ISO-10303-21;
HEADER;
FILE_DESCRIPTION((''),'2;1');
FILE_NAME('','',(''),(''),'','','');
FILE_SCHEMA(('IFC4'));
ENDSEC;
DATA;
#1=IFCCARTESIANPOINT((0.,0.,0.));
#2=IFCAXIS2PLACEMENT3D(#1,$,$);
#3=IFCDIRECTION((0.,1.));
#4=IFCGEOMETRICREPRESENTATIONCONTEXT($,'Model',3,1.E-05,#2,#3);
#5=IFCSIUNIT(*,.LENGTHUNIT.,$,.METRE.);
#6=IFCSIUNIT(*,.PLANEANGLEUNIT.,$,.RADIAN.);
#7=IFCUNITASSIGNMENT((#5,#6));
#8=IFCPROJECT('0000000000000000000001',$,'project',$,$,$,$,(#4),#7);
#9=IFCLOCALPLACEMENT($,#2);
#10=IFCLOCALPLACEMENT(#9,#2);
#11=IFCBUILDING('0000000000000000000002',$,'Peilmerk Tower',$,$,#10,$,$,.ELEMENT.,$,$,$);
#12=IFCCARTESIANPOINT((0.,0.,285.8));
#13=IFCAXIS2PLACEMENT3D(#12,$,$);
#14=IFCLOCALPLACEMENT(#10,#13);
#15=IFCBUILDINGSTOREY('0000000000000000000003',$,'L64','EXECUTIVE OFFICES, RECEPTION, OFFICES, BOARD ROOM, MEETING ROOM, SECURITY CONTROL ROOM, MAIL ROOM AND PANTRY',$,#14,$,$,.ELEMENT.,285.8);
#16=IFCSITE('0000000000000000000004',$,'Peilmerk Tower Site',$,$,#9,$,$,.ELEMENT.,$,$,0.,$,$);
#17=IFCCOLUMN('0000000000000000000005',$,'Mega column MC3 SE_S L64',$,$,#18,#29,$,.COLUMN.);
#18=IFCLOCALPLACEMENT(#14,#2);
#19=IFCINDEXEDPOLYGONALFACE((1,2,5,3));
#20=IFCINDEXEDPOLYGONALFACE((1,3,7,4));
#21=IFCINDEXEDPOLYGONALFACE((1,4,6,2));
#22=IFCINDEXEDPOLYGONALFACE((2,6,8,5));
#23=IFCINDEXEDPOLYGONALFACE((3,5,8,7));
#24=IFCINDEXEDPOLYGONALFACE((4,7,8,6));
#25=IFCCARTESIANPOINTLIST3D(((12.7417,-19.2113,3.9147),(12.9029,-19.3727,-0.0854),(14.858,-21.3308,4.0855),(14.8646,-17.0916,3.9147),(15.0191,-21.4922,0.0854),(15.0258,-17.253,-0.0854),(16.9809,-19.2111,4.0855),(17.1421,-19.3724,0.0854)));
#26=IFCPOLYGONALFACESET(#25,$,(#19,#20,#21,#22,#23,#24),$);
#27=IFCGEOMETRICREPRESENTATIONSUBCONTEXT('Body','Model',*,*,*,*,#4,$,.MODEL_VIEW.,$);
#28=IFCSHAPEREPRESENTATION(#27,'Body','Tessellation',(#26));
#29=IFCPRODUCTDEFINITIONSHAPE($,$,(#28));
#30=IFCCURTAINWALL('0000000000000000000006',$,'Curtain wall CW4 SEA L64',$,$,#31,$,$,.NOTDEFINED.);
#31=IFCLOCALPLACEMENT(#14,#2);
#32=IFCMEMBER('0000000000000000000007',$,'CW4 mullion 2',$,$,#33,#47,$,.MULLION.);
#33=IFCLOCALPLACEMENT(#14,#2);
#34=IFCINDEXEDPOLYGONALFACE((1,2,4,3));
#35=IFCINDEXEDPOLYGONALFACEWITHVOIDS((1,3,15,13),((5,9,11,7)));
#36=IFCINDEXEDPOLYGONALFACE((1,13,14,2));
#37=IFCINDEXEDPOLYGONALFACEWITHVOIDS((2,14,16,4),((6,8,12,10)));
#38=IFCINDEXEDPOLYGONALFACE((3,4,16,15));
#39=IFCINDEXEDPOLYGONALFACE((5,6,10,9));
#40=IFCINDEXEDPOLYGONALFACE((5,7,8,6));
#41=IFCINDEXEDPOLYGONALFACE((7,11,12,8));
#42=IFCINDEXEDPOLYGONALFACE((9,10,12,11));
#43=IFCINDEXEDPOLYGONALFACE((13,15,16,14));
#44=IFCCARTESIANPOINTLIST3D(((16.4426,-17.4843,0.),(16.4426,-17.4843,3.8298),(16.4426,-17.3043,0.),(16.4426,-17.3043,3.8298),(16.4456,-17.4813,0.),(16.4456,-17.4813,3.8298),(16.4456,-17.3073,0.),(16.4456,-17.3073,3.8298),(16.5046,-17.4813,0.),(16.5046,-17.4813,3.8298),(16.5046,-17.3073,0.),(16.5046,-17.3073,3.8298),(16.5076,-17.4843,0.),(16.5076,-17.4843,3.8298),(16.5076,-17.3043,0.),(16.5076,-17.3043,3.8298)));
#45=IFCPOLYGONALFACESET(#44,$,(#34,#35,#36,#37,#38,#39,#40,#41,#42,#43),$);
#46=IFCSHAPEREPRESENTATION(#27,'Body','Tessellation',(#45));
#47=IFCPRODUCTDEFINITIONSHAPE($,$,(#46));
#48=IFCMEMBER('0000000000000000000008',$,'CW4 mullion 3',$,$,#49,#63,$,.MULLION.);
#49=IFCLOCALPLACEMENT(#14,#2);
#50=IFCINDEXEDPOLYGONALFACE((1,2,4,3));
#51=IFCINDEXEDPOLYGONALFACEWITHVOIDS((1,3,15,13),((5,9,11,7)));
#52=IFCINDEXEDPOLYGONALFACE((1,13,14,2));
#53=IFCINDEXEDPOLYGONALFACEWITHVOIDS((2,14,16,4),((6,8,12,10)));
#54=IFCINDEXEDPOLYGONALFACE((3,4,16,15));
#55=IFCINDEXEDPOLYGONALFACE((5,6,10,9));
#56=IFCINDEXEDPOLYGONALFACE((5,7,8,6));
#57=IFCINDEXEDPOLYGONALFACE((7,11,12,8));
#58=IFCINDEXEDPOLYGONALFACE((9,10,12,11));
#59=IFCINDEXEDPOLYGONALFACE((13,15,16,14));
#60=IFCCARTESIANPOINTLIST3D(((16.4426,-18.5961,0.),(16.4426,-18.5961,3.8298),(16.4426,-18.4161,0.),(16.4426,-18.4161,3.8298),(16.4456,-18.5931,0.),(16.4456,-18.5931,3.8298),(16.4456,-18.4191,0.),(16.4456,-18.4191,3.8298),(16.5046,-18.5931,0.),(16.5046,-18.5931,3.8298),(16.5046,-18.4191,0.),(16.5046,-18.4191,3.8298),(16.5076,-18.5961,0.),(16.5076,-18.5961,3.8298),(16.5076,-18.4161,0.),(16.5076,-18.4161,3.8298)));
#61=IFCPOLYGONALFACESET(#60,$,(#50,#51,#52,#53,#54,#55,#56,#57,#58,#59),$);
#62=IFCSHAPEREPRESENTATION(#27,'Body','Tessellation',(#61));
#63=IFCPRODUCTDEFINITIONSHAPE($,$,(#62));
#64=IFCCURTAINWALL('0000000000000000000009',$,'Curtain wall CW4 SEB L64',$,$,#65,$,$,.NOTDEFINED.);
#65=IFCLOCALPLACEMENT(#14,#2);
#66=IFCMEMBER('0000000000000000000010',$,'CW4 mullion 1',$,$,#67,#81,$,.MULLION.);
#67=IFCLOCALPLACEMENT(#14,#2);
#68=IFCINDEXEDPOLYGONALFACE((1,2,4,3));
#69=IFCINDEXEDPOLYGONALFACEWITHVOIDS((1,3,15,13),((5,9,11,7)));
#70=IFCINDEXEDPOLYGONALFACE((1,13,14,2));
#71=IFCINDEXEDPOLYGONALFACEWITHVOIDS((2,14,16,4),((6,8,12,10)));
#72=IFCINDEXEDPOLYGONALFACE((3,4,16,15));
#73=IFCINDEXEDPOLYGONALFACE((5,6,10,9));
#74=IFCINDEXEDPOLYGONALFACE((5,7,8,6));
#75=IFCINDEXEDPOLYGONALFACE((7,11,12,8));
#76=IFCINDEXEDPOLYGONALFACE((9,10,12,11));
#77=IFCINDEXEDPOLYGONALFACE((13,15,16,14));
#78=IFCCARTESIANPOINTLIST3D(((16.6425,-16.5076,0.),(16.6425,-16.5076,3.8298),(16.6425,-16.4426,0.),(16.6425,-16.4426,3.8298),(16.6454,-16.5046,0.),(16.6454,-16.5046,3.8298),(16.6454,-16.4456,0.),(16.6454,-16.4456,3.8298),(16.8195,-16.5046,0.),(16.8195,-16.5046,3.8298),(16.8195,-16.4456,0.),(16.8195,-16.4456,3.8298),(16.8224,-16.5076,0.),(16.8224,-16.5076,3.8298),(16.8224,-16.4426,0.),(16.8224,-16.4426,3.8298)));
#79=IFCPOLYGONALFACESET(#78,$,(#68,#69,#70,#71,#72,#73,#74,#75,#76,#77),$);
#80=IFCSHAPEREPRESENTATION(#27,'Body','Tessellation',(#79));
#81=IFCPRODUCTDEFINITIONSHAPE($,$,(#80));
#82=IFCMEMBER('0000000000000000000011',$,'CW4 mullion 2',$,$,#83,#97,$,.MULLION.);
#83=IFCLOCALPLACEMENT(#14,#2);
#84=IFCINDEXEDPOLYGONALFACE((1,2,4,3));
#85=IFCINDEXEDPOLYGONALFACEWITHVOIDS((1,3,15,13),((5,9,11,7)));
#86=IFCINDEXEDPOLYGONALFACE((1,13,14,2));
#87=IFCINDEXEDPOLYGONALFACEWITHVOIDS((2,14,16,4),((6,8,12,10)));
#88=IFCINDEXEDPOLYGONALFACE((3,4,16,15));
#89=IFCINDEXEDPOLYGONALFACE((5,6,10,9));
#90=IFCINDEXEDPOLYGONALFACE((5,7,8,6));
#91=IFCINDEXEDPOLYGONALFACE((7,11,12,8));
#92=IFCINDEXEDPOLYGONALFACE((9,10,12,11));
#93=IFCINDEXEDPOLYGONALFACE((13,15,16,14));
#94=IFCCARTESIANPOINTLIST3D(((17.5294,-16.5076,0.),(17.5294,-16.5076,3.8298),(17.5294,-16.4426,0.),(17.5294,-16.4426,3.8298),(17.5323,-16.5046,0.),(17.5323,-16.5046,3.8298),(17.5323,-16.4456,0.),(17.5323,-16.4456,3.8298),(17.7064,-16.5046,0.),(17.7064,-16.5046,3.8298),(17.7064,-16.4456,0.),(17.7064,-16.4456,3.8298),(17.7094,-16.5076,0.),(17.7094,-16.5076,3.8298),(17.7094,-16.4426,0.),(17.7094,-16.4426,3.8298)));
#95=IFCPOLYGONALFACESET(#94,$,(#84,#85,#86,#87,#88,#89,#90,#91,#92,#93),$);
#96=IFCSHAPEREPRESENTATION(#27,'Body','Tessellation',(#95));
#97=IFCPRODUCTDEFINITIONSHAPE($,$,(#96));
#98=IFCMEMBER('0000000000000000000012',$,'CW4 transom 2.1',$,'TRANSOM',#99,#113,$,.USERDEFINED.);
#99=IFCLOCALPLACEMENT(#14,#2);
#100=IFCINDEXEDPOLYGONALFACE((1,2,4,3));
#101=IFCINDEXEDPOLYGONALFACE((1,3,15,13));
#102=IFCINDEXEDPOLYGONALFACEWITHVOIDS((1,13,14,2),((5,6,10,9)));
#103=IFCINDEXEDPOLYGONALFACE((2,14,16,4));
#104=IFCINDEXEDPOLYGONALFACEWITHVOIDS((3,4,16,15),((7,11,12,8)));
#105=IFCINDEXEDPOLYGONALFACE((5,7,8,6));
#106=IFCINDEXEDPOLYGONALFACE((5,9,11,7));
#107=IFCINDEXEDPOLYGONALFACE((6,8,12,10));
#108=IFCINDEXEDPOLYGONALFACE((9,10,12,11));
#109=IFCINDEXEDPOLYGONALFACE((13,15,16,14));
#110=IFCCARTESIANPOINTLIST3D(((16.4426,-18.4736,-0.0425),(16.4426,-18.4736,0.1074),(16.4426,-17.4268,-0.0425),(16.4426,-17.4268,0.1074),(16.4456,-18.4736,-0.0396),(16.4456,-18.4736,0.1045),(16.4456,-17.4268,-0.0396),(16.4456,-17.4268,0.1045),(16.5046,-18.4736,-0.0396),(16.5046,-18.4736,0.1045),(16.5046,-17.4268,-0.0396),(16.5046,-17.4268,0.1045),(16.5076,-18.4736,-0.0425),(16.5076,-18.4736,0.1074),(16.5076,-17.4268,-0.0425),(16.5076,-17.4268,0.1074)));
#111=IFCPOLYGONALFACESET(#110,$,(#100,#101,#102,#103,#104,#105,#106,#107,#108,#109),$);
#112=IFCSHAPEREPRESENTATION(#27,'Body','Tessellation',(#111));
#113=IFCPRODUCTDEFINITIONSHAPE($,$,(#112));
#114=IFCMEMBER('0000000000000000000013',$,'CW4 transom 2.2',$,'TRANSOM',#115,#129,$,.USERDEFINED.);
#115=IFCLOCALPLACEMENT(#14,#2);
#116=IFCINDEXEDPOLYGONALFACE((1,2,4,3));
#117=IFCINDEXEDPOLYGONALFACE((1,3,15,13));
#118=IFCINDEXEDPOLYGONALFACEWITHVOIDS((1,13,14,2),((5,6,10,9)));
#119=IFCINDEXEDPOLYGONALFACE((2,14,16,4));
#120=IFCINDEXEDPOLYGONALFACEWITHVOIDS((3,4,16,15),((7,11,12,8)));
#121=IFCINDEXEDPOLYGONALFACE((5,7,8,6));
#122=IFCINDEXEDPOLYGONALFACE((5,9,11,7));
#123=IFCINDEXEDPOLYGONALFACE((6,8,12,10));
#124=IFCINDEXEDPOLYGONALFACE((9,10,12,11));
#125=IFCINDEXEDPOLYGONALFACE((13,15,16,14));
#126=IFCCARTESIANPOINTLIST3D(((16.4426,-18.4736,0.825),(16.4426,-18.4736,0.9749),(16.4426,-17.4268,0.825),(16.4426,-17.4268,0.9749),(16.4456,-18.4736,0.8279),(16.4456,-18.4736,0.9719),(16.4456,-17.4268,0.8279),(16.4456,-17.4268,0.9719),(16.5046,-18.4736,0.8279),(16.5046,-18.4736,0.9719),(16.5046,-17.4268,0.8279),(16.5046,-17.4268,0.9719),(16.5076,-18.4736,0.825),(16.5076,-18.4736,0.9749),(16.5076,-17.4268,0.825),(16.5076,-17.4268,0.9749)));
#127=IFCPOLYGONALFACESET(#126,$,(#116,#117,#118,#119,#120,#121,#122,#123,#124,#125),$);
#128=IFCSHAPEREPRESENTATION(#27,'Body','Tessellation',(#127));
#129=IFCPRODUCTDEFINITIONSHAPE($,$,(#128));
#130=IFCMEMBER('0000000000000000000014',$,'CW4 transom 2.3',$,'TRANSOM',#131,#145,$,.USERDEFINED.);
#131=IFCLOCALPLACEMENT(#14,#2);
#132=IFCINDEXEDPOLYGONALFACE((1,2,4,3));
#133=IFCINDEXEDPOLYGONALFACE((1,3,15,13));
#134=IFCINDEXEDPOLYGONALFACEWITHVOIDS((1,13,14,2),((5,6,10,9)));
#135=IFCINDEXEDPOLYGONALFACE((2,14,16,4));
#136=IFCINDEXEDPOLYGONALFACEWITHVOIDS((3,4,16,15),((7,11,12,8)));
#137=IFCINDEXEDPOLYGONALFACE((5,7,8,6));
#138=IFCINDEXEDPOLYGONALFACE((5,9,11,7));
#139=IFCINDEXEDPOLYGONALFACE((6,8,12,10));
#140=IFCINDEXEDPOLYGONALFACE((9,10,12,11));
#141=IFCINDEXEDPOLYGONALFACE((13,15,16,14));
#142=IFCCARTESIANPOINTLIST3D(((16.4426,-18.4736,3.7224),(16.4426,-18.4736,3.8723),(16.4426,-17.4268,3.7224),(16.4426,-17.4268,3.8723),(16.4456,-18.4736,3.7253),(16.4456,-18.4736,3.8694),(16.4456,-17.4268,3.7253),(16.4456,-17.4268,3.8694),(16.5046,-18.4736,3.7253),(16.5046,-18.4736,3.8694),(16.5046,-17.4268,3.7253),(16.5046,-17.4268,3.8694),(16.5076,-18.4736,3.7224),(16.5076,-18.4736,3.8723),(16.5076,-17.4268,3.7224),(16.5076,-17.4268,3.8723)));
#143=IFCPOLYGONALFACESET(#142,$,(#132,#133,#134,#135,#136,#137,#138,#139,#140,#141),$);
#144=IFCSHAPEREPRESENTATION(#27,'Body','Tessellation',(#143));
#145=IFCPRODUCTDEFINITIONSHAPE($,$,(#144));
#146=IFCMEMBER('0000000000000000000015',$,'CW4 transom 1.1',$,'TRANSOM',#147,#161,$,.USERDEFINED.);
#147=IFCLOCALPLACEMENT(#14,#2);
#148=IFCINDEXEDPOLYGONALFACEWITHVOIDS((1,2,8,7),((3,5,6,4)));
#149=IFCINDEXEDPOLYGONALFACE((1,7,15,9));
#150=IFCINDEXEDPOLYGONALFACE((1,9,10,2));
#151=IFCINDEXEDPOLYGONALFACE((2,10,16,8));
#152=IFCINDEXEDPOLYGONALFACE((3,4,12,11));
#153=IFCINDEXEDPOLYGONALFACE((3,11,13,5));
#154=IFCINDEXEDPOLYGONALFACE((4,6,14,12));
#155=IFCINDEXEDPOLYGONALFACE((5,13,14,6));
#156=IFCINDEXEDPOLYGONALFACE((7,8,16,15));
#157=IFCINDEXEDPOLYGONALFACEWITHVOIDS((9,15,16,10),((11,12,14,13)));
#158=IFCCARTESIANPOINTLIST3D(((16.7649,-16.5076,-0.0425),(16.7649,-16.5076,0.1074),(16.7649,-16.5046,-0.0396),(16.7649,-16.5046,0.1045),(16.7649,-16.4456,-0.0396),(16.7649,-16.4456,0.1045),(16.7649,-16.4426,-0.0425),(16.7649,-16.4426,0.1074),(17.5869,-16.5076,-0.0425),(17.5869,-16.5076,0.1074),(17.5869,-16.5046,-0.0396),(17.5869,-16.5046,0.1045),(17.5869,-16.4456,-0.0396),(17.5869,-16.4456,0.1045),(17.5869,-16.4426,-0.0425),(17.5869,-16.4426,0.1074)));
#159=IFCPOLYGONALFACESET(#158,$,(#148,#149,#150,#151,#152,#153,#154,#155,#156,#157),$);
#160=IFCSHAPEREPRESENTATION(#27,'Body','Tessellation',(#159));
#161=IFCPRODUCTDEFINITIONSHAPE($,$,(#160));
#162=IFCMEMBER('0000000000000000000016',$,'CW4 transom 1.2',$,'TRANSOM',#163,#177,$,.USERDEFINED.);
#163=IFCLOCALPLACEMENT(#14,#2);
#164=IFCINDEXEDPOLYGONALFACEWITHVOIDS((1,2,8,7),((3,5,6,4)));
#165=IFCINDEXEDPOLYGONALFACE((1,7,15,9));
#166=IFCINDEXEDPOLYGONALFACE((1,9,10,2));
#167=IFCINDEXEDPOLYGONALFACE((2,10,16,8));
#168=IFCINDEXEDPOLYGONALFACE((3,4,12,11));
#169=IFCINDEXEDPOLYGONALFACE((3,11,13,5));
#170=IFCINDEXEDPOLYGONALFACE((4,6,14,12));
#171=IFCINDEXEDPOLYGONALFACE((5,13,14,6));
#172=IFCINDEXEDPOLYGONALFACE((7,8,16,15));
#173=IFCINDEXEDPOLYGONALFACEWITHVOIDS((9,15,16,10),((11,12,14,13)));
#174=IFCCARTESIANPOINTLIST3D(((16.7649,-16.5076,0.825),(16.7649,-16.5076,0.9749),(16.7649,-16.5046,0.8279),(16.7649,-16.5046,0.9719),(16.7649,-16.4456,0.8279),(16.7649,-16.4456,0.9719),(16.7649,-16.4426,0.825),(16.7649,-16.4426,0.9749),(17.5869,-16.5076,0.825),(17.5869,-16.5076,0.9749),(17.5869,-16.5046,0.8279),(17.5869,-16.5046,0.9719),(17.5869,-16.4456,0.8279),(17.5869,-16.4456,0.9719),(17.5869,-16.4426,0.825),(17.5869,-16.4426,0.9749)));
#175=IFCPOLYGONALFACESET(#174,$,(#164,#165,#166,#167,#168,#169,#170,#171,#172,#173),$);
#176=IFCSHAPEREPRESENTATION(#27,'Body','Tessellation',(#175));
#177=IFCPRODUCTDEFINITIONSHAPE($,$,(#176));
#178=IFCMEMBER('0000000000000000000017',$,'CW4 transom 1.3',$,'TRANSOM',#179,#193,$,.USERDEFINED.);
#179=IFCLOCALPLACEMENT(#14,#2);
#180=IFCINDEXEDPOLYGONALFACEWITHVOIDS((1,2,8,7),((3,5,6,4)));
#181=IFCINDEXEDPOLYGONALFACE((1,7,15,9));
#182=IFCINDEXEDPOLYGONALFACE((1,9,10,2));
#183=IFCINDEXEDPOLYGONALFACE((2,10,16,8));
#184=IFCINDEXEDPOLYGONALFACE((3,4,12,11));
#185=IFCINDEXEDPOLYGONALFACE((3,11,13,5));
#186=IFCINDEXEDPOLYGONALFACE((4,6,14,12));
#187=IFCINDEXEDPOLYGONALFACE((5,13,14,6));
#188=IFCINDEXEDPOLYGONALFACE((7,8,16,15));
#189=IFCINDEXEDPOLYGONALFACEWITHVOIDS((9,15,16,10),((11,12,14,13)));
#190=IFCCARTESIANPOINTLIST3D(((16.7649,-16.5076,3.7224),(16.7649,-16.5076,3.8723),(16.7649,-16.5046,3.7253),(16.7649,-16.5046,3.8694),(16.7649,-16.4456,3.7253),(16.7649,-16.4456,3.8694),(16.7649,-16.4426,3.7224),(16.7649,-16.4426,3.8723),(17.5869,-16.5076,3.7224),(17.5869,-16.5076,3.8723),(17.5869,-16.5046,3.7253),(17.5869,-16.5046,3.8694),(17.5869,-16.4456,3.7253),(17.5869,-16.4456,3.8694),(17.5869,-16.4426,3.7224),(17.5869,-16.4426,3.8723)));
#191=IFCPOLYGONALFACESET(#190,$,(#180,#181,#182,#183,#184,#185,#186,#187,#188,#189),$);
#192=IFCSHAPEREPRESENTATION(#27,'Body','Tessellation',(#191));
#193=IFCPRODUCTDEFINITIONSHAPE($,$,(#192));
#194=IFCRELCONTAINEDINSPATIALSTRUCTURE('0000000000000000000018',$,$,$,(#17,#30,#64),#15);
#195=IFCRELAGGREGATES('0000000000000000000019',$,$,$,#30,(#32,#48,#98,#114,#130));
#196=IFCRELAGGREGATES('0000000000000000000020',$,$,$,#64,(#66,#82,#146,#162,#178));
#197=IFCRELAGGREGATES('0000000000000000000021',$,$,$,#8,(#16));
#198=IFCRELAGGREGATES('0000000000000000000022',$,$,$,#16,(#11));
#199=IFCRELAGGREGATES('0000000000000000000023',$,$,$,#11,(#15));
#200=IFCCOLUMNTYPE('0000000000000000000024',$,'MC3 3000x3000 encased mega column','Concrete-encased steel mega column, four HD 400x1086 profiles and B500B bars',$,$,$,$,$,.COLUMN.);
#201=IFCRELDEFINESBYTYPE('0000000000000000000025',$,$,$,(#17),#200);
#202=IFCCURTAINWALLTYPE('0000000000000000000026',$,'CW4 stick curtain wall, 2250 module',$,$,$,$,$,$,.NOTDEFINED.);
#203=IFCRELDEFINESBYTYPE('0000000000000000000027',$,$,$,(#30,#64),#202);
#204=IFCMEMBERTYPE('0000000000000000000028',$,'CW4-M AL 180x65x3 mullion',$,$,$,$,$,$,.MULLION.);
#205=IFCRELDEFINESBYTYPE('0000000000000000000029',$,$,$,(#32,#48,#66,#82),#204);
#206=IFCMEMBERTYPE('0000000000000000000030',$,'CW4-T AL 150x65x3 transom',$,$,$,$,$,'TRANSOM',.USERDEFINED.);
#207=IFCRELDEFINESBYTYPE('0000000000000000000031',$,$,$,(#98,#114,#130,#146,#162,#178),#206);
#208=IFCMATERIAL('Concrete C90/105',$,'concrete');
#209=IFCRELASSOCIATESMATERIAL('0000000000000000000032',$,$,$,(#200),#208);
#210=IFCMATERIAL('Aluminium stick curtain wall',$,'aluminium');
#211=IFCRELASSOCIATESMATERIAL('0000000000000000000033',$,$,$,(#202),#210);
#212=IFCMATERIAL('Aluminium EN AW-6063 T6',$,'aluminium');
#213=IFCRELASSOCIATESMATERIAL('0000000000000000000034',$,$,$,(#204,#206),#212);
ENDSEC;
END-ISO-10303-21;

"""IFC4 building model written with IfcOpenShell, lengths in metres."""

from ifc_helpers import new_model, si_unit, direction, frame, origin, origin_2d, place, context, subcontext, project, spatial, rectangle, hollow_rectangle, extrude, material, material_profile, profile_set, type_object, element, aggregate, save


model = new_model("IFC4")

# Units and contexts
model_context = context("Model", 3, precision=1e-05, world=origin(), true_north=direction((0.0, 1.0)))
body_context = subcontext(model_context, "Body", "Model", "MODEL_VIEW")
ifc_project = project(units=[si_unit("LENGTHUNIT", "METRE"), si_unit("PLANEANGLEUNIT", "RADIAN")], contexts=[model_context])

# Site, building, storey
site_placement = place(None, origin())
site = spatial("IfcSite", under=ifc_project, at=site_placement, Name="Peilmerk Tower Site", CompositionType="ELEMENT", RefElevation=0.0)
building_placement = place(site_placement, origin())
building = spatial("IfcBuilding", under=site, at=building_placement, Name="Peilmerk Tower", CompositionType="ELEMENT")
storey_placement = place(building_placement, frame((0.0, 0.0, 285.8)))
storey = spatial("IfcBuildingStorey", under=building, at=storey_placement, Name="L64", Description="EXECUTIVE OFFICES, RECEPTION, OFFICES, BOARD ROOM, MEETING ROOM, SECURITY CONTROL ROOM, MAIL ROOM AND PANTRY", CompositionType="ELEMENT", Elevation=285.8)

# Column
ifc_material_1 = material(Name="Concrete C90/105", Category="concrete")
ifc_material_profile_1 = material_profile(ifc_material_1, rectangle(XDim=3.0, YDim=3.0, at=origin_2d()), Name="RC 3000x3000")
ifc_profile_set_1 = profile_set([ifc_material_profile_1], Name="Concrete C90/105")
column_type = type_object("IfcColumnType", Name="MC3 3000x3000 encased mega column", Description="Concrete-encased steel mega column, four HD 400x1086 profiles and B500B bars", PredefinedType="COLUMN", material=ifc_profile_set_1)
column_placement = place(storey_placement, frame((15.0225, -19.3726, 0.0), z_axis=(-0.040218, 0.040279, 0.998379), x_axis=(-0.707642, -0.706571, 0.0)))
element("IfcColumn", 1, at=column_placement, inside=storey, type_object=column_type, Name="Mega column MC3 SE_S L64", PredefinedType="COLUMN", context=body_context, shape_type="SweptSolid", body=[
    extrude(rectangle(XDim=3.0, YDim=3.0, at=origin_2d()), origin(), (0.0, 0.0, 1.0), 4.0066),
])

# Curtain walls, members
ifc_material_2 = material(Name="Aluminium stick curtain wall", Category="aluminium")
curtain_wall_type = type_object("IfcCurtainWallType", Name="CW4 stick curtain wall, 2250 module", PredefinedType="NOTDEFINED", material=ifc_material_2)
curtain_wall_1_placement = place(storey_placement, origin())
curtain_wall_1 = element("IfcCurtainWall", 2, at=curtain_wall_1_placement, inside=storey, type_object=curtain_wall_type, Name="Curtain wall CW4 SEA L64", PredefinedType="NOTDEFINED")
ifc_material_3 = material(Name="Aluminium EN AW-6063 T6", Category="aluminium")
ifc_material_profile_2 = material_profile(ifc_material_3, hollow_rectangle(XDim=0.0649, YDim=0.1799, WallThickness=0.0029, at=origin_2d()), Name="AL 180x65x3")
ifc_profile_set_2 = profile_set([ifc_material_profile_2], Name="Aluminium EN AW-6063 T6")
member_type_1 = type_object("IfcMemberType", Name="CW4-M AL 180x65x3 mullion", PredefinedType="MULLION", material=ifc_profile_set_2)
member_1_placement = place(storey_placement, frame((16.4751, -17.3943, 0.0), z_axis=(0.0, 0.0, 1.0), x_axis=(1.0, 0.0, 0.0)))
member_1 = element("IfcMember", 3, at=member_1_placement, type_object=member_type_1, Name="CW4 mullion 2", PredefinedType="MULLION", context=body_context, shape_type="SweptSolid", body=[
    extrude(hollow_rectangle(XDim=0.0649, YDim=0.1799, WallThickness=0.0029, at=origin_2d()), origin(), (0.0, 0.0, 1.0), 3.8298),
])
member_2_placement = place(storey_placement, frame((16.4751, -18.5061, 0.0), z_axis=(0.0, 0.0, 1.0), x_axis=(1.0, 0.0, 0.0)))
member_2 = element("IfcMember", 4, at=member_2_placement, type_object=member_type_1, Name="CW4 mullion 3", PredefinedType="MULLION", context=body_context, shape_type="SweptSolid", body=[
    extrude(hollow_rectangle(XDim=0.0649, YDim=0.1799, WallThickness=0.0029, at=origin_2d()), origin(), (0.0, 0.0, 1.0), 3.8298),
])
curtain_wall_2_placement = place(storey_placement, origin())
curtain_wall_2 = element("IfcCurtainWall", 5, at=curtain_wall_2_placement, inside=storey, type_object=curtain_wall_type, Name="Curtain wall CW4 SEB L64", PredefinedType="NOTDEFINED")
member_3_placement = place(storey_placement, frame((16.7324, -16.4751, 0.0), z_axis=(0.0, 0.0, 1.0), x_axis=(0.0, 1.0, 0.0)))
member_3 = element("IfcMember", 6, at=member_3_placement, type_object=member_type_1, Name="CW4 mullion 1", PredefinedType="MULLION", context=body_context, shape_type="SweptSolid", body=[
    extrude(hollow_rectangle(XDim=0.0649, YDim=0.1799, WallThickness=0.0029, at=origin_2d()), origin(), (0.0, 0.0, 1.0), 3.8298),
])
member_4_placement = place(storey_placement, frame((17.6194, -16.4751, 0.0), z_axis=(0.0, 0.0, 1.0), x_axis=(0.0, 1.0, 0.0)))
member_4 = element("IfcMember", 7, at=member_4_placement, type_object=member_type_1, Name="CW4 mullion 2", PredefinedType="MULLION", context=body_context, shape_type="SweptSolid", body=[
    extrude(hollow_rectangle(XDim=0.0649, YDim=0.1799, WallThickness=0.0029, at=origin_2d()), origin(), (0.0, 0.0, 1.0), 3.8298),
])

# Members
ifc_material_profile_3 = material_profile(ifc_material_3, hollow_rectangle(XDim=0.0649, YDim=0.1499, WallThickness=0.0029, at=origin_2d()), Name="AL 150x65x3")
ifc_profile_set_3 = profile_set([ifc_material_profile_3], Name="Aluminium EN AW-6063 T6")
member_type_2 = type_object("IfcMemberType", Name="CW4-T AL 150x65x3 transom", ElementType="TRANSOM", PredefinedType="USERDEFINED", material=ifc_profile_set_3)
member_5_placement = place(storey_placement, frame((16.4751, -17.4268, 0.0325), z_axis=(0.0, -1.0, 0.0), x_axis=(1.0, 0.0, 0.0)))
member_5 = element("IfcMember", 8, at=member_5_placement, type_object=member_type_2, Name="CW4 transom 2.1", ObjectType="TRANSOM", PredefinedType="USERDEFINED", context=body_context, shape_type="SweptSolid", body=[
    extrude(hollow_rectangle(XDim=0.0649, YDim=0.1499, WallThickness=0.0029, at=origin_2d()), origin(), (0.0, 0.0, 1.0), 1.0469),
])
member_6_placement = place(storey_placement, frame((16.4751, -17.4268, 0.8999), z_axis=(0.0, -1.0, 0.0), x_axis=(1.0, 0.0, 0.0)))
member_6 = element("IfcMember", 9, at=member_6_placement, type_object=member_type_2, Name="CW4 transom 2.2", ObjectType="TRANSOM", PredefinedType="USERDEFINED", context=body_context, shape_type="SweptSolid", body=[
    extrude(hollow_rectangle(XDim=0.0649, YDim=0.1499, WallThickness=0.0029, at=origin_2d()), origin(), (0.0, 0.0, 1.0), 1.0469),
])
member_7_placement = place(storey_placement, frame((16.4751, -17.4268, 3.7974), z_axis=(0.0, -1.0, 0.0), x_axis=(1.0, 0.0, 0.0)))
member_7 = element("IfcMember", 10, at=member_7_placement, type_object=member_type_2, Name="CW4 transom 2.3", ObjectType="TRANSOM", PredefinedType="USERDEFINED", context=body_context, shape_type="SweptSolid", body=[
    extrude(hollow_rectangle(XDim=0.0649, YDim=0.1499, WallThickness=0.0029, at=origin_2d()), origin(), (0.0, 0.0, 1.0), 1.0469),
])
member_8_placement = place(storey_placement, frame((16.7649, -16.4751, 0.0325), z_axis=(1.0, 0.0, 0.0), x_axis=(0.0, 1.0, 0.0)))
member_8 = element("IfcMember", 11, at=member_8_placement, type_object=member_type_2, Name="CW4 transom 1.1", ObjectType="TRANSOM", PredefinedType="USERDEFINED", context=body_context, shape_type="SweptSolid", body=[
    extrude(hollow_rectangle(XDim=0.0649, YDim=0.1499, WallThickness=0.0029, at=origin_2d()), origin(), (0.0, 0.0, 1.0), 0.822),
])
member_9_placement = place(storey_placement, frame((16.7649, -16.4751, 0.8999), z_axis=(1.0, 0.0, 0.0), x_axis=(0.0, 1.0, 0.0)))
member_9 = element("IfcMember", 12, at=member_9_placement, type_object=member_type_2, Name="CW4 transom 1.2", ObjectType="TRANSOM", PredefinedType="USERDEFINED", context=body_context, shape_type="SweptSolid", body=[
    extrude(hollow_rectangle(XDim=0.0649, YDim=0.1499, WallThickness=0.0029, at=origin_2d()), origin(), (0.0, 0.0, 1.0), 0.822),
])
member_10_placement = place(storey_placement, frame((16.7649, -16.4751, 3.7974), z_axis=(1.0, 0.0, 0.0), x_axis=(0.0, 1.0, 0.0)))
member_10 = element("IfcMember", 13, at=member_10_placement, type_object=member_type_2, Name="CW4 transom 1.3", ObjectType="TRANSOM", PredefinedType="USERDEFINED", context=body_context, shape_type="SweptSolid", body=[
    extrude(hollow_rectangle(XDim=0.0649, YDim=0.1499, WallThickness=0.0029, at=origin_2d()), origin(), (0.0, 0.0, 1.0), 0.822),
])

aggregate(curtain_wall_1, [member_1, member_2, member_5, member_6, member_7])
aggregate(curtain_wall_2, [member_3, member_4, member_8, member_9, member_10])

save(model, "model.ifc")
